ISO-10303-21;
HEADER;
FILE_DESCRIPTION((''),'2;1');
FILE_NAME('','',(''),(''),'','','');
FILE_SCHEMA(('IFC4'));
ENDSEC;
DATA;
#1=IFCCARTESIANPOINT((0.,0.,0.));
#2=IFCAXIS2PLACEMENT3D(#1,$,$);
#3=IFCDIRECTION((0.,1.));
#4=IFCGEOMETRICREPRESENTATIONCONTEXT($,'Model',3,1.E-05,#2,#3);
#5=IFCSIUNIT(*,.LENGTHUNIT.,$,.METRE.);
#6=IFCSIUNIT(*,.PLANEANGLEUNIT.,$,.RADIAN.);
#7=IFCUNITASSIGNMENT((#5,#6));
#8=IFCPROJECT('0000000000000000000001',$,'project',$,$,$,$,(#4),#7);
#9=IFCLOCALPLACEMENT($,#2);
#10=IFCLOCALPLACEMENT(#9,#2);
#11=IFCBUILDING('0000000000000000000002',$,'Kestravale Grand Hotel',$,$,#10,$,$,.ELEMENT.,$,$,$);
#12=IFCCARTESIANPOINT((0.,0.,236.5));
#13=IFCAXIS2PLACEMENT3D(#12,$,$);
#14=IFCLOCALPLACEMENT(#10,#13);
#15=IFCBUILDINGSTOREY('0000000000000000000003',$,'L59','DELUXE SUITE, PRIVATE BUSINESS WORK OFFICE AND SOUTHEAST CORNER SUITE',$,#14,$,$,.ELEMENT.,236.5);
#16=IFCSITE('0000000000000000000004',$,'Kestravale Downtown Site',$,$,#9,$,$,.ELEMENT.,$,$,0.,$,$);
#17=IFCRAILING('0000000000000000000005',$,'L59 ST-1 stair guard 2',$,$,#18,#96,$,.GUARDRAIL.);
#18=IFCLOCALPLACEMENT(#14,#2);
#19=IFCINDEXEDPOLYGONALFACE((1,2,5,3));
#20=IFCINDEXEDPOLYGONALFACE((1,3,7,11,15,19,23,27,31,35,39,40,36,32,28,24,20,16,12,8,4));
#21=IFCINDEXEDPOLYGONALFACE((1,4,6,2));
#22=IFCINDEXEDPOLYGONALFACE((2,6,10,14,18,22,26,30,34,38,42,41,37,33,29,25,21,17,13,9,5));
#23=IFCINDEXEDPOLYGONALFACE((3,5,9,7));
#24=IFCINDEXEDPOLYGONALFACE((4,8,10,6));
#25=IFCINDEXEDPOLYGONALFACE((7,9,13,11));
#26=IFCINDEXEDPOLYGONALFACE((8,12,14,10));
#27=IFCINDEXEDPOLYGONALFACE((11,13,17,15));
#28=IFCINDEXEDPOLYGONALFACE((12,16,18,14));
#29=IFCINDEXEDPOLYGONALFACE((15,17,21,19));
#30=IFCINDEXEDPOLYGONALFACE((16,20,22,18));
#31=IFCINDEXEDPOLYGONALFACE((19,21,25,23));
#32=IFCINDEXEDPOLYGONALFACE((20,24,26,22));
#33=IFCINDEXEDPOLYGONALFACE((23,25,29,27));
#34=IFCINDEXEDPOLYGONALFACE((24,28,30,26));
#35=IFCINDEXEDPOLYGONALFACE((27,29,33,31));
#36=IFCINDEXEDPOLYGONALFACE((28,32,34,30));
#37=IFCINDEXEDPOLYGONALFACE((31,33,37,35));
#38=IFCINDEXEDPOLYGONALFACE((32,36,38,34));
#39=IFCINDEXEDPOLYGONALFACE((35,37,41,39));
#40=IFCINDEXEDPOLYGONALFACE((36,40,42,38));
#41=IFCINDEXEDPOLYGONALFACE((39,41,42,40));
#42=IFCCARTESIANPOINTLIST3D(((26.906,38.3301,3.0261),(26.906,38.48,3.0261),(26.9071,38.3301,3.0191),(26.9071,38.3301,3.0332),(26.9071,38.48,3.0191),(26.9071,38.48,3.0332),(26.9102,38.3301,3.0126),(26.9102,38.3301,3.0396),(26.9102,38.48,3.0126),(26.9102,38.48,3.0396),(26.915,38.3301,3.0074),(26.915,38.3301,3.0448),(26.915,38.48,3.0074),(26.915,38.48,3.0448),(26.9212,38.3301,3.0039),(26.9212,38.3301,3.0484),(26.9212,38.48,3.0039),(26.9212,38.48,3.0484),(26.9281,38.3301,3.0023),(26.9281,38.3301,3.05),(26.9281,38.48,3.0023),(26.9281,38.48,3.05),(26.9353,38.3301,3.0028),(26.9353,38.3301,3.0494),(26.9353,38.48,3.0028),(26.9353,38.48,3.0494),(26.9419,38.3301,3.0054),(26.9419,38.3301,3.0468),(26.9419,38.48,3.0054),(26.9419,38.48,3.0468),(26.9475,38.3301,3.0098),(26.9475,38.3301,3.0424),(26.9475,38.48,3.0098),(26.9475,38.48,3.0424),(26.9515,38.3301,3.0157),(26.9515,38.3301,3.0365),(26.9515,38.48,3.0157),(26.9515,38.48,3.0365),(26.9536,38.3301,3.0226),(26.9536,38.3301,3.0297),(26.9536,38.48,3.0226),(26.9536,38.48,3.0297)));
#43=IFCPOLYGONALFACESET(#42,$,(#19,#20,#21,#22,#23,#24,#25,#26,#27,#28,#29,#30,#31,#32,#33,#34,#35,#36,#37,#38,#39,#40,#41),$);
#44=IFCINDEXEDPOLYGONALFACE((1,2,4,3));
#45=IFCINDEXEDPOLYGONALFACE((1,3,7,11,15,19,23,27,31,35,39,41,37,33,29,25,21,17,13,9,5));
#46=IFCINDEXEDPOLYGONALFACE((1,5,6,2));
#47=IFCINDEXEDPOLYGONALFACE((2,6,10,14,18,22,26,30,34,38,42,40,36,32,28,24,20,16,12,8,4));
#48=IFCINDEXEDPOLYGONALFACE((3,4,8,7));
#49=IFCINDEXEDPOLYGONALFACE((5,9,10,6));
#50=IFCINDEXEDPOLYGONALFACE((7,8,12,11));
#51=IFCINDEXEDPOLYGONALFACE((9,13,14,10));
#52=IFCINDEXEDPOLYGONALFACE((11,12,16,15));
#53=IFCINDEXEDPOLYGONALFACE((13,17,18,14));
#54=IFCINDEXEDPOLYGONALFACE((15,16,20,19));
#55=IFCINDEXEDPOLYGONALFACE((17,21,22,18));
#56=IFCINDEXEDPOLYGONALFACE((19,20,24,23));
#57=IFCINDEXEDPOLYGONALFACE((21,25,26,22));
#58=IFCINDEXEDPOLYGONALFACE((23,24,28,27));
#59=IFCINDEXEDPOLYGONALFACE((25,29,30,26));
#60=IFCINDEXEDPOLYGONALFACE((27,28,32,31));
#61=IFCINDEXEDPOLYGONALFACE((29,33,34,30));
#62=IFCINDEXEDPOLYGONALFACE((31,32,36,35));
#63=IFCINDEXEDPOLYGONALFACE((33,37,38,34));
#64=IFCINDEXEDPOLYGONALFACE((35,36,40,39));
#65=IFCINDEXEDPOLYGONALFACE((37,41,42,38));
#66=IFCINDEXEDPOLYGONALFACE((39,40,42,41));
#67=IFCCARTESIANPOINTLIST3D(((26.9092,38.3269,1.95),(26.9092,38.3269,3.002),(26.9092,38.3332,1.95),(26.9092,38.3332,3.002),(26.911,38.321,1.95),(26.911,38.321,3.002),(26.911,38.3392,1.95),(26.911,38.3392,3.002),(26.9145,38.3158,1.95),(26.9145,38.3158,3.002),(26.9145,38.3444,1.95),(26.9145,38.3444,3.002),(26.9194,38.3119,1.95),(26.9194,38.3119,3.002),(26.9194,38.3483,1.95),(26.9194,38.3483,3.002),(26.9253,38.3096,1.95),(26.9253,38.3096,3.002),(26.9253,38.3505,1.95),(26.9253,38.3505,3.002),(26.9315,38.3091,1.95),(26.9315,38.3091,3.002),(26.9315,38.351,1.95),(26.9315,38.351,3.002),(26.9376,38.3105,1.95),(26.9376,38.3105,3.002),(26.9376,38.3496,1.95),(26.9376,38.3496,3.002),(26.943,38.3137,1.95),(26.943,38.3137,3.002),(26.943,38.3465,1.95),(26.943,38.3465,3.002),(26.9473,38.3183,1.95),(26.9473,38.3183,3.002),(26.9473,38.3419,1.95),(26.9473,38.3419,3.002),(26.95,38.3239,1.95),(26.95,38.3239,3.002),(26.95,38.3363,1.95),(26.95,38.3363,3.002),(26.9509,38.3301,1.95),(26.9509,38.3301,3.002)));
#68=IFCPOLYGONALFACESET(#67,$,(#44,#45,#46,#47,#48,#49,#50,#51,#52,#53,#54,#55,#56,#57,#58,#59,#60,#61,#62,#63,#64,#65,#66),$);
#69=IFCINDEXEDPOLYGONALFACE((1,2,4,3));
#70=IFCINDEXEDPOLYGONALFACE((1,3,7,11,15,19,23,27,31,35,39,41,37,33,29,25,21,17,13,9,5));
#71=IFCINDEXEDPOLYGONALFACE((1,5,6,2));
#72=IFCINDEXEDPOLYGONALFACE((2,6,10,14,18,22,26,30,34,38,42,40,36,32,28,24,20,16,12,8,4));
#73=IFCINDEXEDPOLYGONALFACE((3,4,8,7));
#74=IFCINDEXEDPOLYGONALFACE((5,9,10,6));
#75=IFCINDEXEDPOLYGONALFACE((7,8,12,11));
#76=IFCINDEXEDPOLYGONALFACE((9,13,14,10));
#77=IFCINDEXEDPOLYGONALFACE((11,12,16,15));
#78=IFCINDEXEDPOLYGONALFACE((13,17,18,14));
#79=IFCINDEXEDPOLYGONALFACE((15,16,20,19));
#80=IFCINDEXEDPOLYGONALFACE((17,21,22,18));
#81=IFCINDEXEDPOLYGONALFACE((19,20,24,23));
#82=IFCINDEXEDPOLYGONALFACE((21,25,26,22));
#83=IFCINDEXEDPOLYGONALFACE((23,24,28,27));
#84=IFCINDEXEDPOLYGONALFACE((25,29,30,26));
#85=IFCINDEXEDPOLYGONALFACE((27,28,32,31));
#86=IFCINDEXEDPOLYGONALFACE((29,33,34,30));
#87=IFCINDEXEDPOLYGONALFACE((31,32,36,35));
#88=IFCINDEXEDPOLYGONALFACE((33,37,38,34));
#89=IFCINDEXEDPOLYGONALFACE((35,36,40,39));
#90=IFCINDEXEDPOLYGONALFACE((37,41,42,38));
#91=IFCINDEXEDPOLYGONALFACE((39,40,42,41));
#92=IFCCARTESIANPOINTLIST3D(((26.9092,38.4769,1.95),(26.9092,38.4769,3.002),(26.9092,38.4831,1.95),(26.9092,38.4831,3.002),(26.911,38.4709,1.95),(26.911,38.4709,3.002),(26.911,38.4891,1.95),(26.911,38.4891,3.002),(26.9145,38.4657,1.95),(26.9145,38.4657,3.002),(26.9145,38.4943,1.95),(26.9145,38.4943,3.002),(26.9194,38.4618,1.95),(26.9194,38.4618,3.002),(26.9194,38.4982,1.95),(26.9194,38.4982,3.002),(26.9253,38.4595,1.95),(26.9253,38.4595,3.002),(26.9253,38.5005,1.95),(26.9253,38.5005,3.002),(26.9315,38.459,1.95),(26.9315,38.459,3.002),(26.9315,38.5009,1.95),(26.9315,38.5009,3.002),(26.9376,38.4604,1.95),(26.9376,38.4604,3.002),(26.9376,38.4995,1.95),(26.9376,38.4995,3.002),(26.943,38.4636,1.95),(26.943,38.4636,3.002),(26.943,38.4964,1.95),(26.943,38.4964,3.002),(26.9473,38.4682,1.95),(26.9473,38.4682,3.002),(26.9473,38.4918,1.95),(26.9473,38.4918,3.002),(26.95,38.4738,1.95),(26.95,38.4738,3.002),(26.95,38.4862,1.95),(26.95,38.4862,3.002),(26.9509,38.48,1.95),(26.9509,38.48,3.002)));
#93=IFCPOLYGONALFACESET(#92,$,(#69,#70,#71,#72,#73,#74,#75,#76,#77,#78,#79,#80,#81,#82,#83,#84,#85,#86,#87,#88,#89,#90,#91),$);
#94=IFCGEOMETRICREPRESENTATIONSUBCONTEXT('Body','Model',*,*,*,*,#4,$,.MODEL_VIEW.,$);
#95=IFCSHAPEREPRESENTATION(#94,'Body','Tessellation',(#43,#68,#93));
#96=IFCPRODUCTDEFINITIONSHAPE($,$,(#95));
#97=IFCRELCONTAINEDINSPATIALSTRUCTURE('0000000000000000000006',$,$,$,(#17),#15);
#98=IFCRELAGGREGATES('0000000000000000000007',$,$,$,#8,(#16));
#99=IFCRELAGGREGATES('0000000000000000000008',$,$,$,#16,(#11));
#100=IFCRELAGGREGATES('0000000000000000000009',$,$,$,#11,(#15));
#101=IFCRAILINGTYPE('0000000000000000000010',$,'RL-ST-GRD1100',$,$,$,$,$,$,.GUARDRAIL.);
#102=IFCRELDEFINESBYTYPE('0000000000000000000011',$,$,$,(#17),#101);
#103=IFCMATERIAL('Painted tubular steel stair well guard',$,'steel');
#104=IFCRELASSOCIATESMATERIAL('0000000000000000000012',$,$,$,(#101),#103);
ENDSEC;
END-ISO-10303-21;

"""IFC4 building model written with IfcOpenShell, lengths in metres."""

from ifc_helpers import new_model, si_unit, direction, frame, origin, origin_2d, place, context, subcontext, project, spatial, circle, extrude, material, type_object, element, save


model = new_model("IFC4")

# Units and contexts
model_context = context("Model", 3, precision=1e-05, world=origin(), true_north=direction((0.0, 1.0)))
body_context = subcontext(model_context, "Body", "Model", "MODEL_VIEW")
ifc_project = project(units=[si_unit("LENGTHUNIT", "METRE"), si_unit("PLANEANGLEUNIT", "RADIAN")], contexts=[model_context])

# Site, building, storey
site_placement = place(None, origin())
site = spatial("IfcSite", under=ifc_project, at=site_placement, Name="Kestravale Downtown Site", CompositionType="ELEMENT", RefElevation=0.0)
building_placement = place(site_placement, origin())
building = spatial("IfcBuilding", under=site, at=building_placement, Name="Kestravale Grand Hotel", CompositionType="ELEMENT")
storey_placement = place(building_placement, frame((0.0, 0.0, 236.5)))
storey = spatial("IfcBuildingStorey", under=building, at=storey_placement, Name="L59", Description="DELUXE SUITE, PRIVATE BUSINESS WORK OFFICE AND SOUTHEAST CORNER SUITE", CompositionType="ELEMENT", Elevation=236.5)

# Railing
ifc_material_1 = material(Name="Painted tubular steel stair well guard", Category="steel")
railing_type_1 = type_object("IfcRailingType", Name="RL-ST-GRD1100", PredefinedType="GUARDRAIL", material=ifc_material_1)
railing_1_placement = place(storey_placement, frame((26.9299, 38.3301, 1.95)))
element("IfcRailing", 1, at=railing_1_placement, inside=storey, type_object=railing_type_1, Name="L59 ST-1 stair guard 2", PredefinedType="GUARDRAIL", context=body_context, shape_type="SweptSolid", body=[
    extrude(circle(Radius=0.0239, at=origin_2d()), frame((0.0, 0.0, 1.0762), z_axis=(0.0, 1.0, 0.0), x_axis=(-1.0, 0.0, 0.0)), (0.0, 0.0, 1.0), 0.1499),
    extrude(circle(Radius=0.021, at=origin_2d()), origin(), (0.0, 0.0, 1.0), 1.052),
    extrude(circle(Radius=0.021, at=origin_2d()), frame((0.0, 0.1499, 0.0)), (0.0, 0.0, 1.0), 1.052),
])

save(model, "model.ifc")
